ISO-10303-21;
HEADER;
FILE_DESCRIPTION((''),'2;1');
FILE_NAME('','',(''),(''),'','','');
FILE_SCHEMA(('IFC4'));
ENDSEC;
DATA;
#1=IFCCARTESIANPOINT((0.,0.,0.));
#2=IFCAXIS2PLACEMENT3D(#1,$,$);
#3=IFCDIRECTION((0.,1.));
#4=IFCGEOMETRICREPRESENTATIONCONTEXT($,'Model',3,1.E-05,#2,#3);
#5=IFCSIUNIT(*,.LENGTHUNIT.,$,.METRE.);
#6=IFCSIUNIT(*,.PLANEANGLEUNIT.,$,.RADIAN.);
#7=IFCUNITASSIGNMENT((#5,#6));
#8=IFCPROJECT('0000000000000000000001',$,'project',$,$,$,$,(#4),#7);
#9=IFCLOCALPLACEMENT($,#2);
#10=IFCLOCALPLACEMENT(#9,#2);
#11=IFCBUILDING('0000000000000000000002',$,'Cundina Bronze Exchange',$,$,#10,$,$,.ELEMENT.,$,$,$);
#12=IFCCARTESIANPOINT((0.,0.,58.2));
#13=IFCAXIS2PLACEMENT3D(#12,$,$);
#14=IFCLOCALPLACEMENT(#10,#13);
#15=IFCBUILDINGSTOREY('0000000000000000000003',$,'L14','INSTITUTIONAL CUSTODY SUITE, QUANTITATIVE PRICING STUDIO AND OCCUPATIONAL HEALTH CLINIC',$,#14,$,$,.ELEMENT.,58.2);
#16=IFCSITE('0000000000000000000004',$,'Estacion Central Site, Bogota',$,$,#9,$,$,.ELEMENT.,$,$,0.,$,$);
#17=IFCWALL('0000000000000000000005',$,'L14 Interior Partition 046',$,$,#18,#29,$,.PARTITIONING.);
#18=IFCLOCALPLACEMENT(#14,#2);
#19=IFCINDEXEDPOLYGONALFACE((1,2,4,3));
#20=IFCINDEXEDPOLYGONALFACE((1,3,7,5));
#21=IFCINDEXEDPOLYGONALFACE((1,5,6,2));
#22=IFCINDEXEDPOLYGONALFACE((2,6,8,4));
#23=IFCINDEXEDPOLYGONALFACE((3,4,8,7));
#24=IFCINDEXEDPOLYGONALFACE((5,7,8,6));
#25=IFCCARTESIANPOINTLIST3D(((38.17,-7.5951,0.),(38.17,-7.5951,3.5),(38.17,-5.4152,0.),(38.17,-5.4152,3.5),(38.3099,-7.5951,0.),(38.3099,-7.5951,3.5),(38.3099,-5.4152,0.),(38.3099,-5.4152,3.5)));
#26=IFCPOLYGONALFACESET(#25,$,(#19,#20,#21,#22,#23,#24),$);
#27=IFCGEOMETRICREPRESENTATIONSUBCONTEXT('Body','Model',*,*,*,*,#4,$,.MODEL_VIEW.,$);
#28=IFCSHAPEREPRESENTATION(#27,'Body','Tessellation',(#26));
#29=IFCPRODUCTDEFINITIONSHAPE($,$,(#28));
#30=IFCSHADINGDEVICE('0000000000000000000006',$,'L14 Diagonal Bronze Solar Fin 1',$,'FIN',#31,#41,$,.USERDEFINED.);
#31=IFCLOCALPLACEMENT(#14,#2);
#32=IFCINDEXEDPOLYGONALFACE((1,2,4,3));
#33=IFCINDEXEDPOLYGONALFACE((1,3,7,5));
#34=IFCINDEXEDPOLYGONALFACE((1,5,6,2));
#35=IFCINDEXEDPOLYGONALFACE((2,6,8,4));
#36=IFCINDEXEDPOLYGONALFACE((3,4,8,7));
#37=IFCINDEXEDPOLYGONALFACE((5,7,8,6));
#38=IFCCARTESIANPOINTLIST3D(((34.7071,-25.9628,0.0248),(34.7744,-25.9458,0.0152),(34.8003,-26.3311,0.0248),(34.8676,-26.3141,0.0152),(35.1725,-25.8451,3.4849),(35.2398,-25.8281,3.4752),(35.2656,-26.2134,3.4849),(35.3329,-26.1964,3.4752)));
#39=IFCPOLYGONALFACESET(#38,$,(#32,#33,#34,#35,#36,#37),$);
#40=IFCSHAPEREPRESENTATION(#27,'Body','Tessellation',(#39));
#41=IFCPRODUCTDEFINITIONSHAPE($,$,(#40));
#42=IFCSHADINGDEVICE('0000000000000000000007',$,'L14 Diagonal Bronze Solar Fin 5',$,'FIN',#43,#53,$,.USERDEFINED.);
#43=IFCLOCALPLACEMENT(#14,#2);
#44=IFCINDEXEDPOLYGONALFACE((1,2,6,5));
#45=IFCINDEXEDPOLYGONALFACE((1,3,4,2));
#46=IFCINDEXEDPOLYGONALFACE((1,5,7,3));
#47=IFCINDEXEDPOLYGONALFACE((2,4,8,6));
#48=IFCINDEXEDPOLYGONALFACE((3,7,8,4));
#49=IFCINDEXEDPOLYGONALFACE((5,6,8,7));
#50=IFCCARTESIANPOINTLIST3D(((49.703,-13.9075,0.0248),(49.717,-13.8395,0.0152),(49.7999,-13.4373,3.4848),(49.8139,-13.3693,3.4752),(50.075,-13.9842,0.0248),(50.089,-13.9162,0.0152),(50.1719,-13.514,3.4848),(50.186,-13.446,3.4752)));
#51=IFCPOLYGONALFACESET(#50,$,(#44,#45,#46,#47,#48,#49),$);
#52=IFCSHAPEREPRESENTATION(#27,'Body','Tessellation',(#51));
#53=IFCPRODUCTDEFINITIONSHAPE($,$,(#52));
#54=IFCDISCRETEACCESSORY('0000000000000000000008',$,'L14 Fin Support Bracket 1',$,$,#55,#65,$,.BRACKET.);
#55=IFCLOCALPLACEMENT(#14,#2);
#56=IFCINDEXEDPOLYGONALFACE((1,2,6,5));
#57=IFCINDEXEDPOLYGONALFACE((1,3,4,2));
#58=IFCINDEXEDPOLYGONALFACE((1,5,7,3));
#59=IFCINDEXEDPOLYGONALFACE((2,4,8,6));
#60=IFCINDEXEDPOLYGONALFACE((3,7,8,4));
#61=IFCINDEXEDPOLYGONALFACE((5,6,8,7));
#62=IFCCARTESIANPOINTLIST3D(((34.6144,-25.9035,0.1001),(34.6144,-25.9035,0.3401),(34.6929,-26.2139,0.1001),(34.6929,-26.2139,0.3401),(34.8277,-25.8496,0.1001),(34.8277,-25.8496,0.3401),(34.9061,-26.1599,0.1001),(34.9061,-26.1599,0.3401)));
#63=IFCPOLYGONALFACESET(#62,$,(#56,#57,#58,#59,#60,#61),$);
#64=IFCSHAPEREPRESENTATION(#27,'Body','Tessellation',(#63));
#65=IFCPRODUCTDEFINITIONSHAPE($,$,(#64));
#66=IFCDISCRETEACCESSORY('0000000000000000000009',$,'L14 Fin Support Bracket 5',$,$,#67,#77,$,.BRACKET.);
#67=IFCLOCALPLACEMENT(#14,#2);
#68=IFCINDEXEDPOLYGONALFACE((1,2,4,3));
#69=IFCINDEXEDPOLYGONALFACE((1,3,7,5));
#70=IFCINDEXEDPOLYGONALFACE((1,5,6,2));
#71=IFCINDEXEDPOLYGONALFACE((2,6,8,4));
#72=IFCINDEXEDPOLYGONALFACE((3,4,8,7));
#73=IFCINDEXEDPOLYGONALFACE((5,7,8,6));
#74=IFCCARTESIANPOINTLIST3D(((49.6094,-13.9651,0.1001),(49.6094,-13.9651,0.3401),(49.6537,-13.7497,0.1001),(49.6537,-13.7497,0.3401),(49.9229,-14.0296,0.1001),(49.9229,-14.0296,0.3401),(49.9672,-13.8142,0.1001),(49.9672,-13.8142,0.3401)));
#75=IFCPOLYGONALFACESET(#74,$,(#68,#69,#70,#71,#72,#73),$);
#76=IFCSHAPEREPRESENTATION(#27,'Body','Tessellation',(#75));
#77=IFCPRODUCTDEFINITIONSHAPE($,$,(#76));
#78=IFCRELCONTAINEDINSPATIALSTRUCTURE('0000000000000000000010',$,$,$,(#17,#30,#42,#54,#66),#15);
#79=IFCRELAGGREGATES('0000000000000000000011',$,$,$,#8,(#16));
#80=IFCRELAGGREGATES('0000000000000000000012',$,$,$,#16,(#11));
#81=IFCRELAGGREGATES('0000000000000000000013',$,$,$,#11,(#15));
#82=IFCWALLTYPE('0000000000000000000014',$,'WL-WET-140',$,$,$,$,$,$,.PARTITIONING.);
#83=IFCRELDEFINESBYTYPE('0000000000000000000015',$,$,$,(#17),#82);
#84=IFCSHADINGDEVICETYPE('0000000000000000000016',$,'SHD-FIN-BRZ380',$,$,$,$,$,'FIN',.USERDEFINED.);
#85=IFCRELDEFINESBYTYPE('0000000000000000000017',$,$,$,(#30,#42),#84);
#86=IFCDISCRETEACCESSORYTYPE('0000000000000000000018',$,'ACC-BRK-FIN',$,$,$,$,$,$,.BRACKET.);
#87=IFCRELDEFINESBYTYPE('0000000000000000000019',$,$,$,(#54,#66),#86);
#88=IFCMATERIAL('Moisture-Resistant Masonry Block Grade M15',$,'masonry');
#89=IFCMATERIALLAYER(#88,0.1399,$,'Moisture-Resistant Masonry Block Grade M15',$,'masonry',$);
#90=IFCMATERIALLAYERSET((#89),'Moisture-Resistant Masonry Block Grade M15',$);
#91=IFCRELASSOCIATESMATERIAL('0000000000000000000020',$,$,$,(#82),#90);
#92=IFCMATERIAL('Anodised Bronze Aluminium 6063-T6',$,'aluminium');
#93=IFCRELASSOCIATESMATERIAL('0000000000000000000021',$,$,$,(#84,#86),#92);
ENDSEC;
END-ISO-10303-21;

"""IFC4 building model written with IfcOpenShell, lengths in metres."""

from ifc_helpers import new_model, si_unit, direction, frame, frame_2d, origin, origin_2d, place, context, subcontext, project, spatial, rectangle, extrude, material, layer, layer_set, material_profile, profile_set, type_object, element, save


model = new_model("IFC4")

# Units and contexts
model_context = context("Model", 3, precision=1e-05, world=origin(), true_north=direction((0.0, 1.0)))
body_context = subcontext(model_context, "Body", "Model", "MODEL_VIEW")
ifc_project = project(units=[si_unit("LENGTHUNIT", "METRE"), si_unit("PLANEANGLEUNIT", "RADIAN")], contexts=[model_context])

# Site, building, storey
site_placement = place(None, origin())
site = spatial("IfcSite", under=ifc_project, at=site_placement, Name="Estacion Central Site, Bogota", CompositionType="ELEMENT", RefElevation=0.0)
building_placement = place(site_placement, origin())
building = spatial("IfcBuilding", under=site, at=building_placement, Name="Cundina Bronze Exchange", CompositionType="ELEMENT")
storey_placement = place(building_placement, frame((0.0, 0.0, 58.2)))
storey = spatial("IfcBuildingStorey", under=building, at=storey_placement, Name="L14", Description="INSTITUTIONAL CUSTODY SUITE, QUANTITATIVE PRICING STUDIO AND OCCUPATIONAL HEALTH CLINIC", CompositionType="ELEMENT", Elevation=58.2)

# Shared definitions
ifc_material_1 = material(Name="Anodised Bronze Aluminium 6063-T6", Category="aluminium")

# Wall
ifc_material_2 = material(Name="Moisture-Resistant Masonry Block Grade M15", Category="masonry")
ifc_layer_1 = layer(ifc_material_2, 0.1399, Name="Moisture-Resistant Masonry Block Grade M15", Category="masonry")
ifc_layer_set_1 = layer_set([ifc_layer_1], Name="Moisture-Resistant Masonry Block Grade M15")
wall_type_1 = type_object("IfcWallType", Name="WL-WET-140", PredefinedType="PARTITIONING", material=ifc_layer_set_1)
wall_1_placement = place(storey_placement, frame((38.24, -7.595, 0.0), z_axis=(0.0, 0.0, 1.0), x_axis=(0.0, 1.0, 0.0)))
element("IfcWall", 1, at=wall_1_placement, inside=storey, type_object=wall_type_1, Name="L14 Interior Partition 046", PredefinedType="PARTITIONING", context=body_context, shape_type="SweptSolid", body=[
    extrude(rectangle(XDim=2.1799, YDim=0.1399, at=frame_2d((1.0898, 0.0))), origin(), (0.0, 0.0, 1.0), 3.5),
])

# Shading devices
ifc_material_profile_1 = material_profile(ifc_material_1, rectangle(XDim=0.0701, YDim=0.3799, at=origin_2d()), Name="FIN70X380", Category="aluminium")
ifc_profile_set_1 = profile_set([ifc_material_profile_1], Name="Anodised Bronze Aluminium 6063-T6")
shading_device_type = type_object("IfcShadingDeviceType", Name="SHD-FIN-BRZ380", ElementType="FIN", PredefinedType="USERDEFINED", material=ifc_profile_set_1)
for number, where, z_axis, x_axis, name in (
    (2, (34.7874, -26.1384, 0.02), (0.133215, 0.033688, 0.990514), (-0.960285, -0.242842, 0.137408), "L14 Diagonal Bronze Solar Fin 1"),
    (3, (49.896, -13.9119, 0.02), (0.027747, 0.134612, 0.99051), (-0.199967, -0.970115, 0.137442), "L14 Diagonal Bronze Solar Fin 5"),
):
    element("IfcShadingDevice", number, at=place(storey_placement, frame(where, z_axis=z_axis, x_axis=x_axis)), inside=storey, type_object=shading_device_type, Name=name, ObjectType="FIN", PredefinedType="USERDEFINED", context=body_context, shape_type="SweptSolid", body=[
        extrude(rectangle(XDim=0.0701, YDim=0.3799, at=origin_2d()), origin(), (0.0, 0.0, 1.0), 3.4932),
    ])

# Discrete accessories
discrete_accessory_type = type_object("IfcDiscreteAccessoryType", Name="ACC-BRK-FIN", PredefinedType="BRACKET", material=ifc_material_1)
for number, where, z_axis, x_axis, name in (
    (4, (34.7603, -26.0317, 0.1001), (0.0, 0.0, 1.0), (0.969488, 0.245138, 0.0), "L14 Fin Support Bracket 1"),
    (5, (49.7883, -13.8896, 0.1001), (0.0, 0.0, 1.0), (0.20142, 0.979505, 0.0), "L14 Fin Support Bracket 5"),
):
    element("IfcDiscreteAccessory", number, at=place(storey_placement, frame(where, z_axis=z_axis, x_axis=x_axis)), inside=storey, type_object=discrete_accessory_type, Name=name, PredefinedType="BRACKET", context=body_context, shape_type="SweptSolid", body=[
        extrude(rectangle(XDim=0.22, YDim=0.3201, at=origin_2d()), origin(), (0.0, 0.0, 1.0), 0.24),
    ])

save(model, "model.ifc")
